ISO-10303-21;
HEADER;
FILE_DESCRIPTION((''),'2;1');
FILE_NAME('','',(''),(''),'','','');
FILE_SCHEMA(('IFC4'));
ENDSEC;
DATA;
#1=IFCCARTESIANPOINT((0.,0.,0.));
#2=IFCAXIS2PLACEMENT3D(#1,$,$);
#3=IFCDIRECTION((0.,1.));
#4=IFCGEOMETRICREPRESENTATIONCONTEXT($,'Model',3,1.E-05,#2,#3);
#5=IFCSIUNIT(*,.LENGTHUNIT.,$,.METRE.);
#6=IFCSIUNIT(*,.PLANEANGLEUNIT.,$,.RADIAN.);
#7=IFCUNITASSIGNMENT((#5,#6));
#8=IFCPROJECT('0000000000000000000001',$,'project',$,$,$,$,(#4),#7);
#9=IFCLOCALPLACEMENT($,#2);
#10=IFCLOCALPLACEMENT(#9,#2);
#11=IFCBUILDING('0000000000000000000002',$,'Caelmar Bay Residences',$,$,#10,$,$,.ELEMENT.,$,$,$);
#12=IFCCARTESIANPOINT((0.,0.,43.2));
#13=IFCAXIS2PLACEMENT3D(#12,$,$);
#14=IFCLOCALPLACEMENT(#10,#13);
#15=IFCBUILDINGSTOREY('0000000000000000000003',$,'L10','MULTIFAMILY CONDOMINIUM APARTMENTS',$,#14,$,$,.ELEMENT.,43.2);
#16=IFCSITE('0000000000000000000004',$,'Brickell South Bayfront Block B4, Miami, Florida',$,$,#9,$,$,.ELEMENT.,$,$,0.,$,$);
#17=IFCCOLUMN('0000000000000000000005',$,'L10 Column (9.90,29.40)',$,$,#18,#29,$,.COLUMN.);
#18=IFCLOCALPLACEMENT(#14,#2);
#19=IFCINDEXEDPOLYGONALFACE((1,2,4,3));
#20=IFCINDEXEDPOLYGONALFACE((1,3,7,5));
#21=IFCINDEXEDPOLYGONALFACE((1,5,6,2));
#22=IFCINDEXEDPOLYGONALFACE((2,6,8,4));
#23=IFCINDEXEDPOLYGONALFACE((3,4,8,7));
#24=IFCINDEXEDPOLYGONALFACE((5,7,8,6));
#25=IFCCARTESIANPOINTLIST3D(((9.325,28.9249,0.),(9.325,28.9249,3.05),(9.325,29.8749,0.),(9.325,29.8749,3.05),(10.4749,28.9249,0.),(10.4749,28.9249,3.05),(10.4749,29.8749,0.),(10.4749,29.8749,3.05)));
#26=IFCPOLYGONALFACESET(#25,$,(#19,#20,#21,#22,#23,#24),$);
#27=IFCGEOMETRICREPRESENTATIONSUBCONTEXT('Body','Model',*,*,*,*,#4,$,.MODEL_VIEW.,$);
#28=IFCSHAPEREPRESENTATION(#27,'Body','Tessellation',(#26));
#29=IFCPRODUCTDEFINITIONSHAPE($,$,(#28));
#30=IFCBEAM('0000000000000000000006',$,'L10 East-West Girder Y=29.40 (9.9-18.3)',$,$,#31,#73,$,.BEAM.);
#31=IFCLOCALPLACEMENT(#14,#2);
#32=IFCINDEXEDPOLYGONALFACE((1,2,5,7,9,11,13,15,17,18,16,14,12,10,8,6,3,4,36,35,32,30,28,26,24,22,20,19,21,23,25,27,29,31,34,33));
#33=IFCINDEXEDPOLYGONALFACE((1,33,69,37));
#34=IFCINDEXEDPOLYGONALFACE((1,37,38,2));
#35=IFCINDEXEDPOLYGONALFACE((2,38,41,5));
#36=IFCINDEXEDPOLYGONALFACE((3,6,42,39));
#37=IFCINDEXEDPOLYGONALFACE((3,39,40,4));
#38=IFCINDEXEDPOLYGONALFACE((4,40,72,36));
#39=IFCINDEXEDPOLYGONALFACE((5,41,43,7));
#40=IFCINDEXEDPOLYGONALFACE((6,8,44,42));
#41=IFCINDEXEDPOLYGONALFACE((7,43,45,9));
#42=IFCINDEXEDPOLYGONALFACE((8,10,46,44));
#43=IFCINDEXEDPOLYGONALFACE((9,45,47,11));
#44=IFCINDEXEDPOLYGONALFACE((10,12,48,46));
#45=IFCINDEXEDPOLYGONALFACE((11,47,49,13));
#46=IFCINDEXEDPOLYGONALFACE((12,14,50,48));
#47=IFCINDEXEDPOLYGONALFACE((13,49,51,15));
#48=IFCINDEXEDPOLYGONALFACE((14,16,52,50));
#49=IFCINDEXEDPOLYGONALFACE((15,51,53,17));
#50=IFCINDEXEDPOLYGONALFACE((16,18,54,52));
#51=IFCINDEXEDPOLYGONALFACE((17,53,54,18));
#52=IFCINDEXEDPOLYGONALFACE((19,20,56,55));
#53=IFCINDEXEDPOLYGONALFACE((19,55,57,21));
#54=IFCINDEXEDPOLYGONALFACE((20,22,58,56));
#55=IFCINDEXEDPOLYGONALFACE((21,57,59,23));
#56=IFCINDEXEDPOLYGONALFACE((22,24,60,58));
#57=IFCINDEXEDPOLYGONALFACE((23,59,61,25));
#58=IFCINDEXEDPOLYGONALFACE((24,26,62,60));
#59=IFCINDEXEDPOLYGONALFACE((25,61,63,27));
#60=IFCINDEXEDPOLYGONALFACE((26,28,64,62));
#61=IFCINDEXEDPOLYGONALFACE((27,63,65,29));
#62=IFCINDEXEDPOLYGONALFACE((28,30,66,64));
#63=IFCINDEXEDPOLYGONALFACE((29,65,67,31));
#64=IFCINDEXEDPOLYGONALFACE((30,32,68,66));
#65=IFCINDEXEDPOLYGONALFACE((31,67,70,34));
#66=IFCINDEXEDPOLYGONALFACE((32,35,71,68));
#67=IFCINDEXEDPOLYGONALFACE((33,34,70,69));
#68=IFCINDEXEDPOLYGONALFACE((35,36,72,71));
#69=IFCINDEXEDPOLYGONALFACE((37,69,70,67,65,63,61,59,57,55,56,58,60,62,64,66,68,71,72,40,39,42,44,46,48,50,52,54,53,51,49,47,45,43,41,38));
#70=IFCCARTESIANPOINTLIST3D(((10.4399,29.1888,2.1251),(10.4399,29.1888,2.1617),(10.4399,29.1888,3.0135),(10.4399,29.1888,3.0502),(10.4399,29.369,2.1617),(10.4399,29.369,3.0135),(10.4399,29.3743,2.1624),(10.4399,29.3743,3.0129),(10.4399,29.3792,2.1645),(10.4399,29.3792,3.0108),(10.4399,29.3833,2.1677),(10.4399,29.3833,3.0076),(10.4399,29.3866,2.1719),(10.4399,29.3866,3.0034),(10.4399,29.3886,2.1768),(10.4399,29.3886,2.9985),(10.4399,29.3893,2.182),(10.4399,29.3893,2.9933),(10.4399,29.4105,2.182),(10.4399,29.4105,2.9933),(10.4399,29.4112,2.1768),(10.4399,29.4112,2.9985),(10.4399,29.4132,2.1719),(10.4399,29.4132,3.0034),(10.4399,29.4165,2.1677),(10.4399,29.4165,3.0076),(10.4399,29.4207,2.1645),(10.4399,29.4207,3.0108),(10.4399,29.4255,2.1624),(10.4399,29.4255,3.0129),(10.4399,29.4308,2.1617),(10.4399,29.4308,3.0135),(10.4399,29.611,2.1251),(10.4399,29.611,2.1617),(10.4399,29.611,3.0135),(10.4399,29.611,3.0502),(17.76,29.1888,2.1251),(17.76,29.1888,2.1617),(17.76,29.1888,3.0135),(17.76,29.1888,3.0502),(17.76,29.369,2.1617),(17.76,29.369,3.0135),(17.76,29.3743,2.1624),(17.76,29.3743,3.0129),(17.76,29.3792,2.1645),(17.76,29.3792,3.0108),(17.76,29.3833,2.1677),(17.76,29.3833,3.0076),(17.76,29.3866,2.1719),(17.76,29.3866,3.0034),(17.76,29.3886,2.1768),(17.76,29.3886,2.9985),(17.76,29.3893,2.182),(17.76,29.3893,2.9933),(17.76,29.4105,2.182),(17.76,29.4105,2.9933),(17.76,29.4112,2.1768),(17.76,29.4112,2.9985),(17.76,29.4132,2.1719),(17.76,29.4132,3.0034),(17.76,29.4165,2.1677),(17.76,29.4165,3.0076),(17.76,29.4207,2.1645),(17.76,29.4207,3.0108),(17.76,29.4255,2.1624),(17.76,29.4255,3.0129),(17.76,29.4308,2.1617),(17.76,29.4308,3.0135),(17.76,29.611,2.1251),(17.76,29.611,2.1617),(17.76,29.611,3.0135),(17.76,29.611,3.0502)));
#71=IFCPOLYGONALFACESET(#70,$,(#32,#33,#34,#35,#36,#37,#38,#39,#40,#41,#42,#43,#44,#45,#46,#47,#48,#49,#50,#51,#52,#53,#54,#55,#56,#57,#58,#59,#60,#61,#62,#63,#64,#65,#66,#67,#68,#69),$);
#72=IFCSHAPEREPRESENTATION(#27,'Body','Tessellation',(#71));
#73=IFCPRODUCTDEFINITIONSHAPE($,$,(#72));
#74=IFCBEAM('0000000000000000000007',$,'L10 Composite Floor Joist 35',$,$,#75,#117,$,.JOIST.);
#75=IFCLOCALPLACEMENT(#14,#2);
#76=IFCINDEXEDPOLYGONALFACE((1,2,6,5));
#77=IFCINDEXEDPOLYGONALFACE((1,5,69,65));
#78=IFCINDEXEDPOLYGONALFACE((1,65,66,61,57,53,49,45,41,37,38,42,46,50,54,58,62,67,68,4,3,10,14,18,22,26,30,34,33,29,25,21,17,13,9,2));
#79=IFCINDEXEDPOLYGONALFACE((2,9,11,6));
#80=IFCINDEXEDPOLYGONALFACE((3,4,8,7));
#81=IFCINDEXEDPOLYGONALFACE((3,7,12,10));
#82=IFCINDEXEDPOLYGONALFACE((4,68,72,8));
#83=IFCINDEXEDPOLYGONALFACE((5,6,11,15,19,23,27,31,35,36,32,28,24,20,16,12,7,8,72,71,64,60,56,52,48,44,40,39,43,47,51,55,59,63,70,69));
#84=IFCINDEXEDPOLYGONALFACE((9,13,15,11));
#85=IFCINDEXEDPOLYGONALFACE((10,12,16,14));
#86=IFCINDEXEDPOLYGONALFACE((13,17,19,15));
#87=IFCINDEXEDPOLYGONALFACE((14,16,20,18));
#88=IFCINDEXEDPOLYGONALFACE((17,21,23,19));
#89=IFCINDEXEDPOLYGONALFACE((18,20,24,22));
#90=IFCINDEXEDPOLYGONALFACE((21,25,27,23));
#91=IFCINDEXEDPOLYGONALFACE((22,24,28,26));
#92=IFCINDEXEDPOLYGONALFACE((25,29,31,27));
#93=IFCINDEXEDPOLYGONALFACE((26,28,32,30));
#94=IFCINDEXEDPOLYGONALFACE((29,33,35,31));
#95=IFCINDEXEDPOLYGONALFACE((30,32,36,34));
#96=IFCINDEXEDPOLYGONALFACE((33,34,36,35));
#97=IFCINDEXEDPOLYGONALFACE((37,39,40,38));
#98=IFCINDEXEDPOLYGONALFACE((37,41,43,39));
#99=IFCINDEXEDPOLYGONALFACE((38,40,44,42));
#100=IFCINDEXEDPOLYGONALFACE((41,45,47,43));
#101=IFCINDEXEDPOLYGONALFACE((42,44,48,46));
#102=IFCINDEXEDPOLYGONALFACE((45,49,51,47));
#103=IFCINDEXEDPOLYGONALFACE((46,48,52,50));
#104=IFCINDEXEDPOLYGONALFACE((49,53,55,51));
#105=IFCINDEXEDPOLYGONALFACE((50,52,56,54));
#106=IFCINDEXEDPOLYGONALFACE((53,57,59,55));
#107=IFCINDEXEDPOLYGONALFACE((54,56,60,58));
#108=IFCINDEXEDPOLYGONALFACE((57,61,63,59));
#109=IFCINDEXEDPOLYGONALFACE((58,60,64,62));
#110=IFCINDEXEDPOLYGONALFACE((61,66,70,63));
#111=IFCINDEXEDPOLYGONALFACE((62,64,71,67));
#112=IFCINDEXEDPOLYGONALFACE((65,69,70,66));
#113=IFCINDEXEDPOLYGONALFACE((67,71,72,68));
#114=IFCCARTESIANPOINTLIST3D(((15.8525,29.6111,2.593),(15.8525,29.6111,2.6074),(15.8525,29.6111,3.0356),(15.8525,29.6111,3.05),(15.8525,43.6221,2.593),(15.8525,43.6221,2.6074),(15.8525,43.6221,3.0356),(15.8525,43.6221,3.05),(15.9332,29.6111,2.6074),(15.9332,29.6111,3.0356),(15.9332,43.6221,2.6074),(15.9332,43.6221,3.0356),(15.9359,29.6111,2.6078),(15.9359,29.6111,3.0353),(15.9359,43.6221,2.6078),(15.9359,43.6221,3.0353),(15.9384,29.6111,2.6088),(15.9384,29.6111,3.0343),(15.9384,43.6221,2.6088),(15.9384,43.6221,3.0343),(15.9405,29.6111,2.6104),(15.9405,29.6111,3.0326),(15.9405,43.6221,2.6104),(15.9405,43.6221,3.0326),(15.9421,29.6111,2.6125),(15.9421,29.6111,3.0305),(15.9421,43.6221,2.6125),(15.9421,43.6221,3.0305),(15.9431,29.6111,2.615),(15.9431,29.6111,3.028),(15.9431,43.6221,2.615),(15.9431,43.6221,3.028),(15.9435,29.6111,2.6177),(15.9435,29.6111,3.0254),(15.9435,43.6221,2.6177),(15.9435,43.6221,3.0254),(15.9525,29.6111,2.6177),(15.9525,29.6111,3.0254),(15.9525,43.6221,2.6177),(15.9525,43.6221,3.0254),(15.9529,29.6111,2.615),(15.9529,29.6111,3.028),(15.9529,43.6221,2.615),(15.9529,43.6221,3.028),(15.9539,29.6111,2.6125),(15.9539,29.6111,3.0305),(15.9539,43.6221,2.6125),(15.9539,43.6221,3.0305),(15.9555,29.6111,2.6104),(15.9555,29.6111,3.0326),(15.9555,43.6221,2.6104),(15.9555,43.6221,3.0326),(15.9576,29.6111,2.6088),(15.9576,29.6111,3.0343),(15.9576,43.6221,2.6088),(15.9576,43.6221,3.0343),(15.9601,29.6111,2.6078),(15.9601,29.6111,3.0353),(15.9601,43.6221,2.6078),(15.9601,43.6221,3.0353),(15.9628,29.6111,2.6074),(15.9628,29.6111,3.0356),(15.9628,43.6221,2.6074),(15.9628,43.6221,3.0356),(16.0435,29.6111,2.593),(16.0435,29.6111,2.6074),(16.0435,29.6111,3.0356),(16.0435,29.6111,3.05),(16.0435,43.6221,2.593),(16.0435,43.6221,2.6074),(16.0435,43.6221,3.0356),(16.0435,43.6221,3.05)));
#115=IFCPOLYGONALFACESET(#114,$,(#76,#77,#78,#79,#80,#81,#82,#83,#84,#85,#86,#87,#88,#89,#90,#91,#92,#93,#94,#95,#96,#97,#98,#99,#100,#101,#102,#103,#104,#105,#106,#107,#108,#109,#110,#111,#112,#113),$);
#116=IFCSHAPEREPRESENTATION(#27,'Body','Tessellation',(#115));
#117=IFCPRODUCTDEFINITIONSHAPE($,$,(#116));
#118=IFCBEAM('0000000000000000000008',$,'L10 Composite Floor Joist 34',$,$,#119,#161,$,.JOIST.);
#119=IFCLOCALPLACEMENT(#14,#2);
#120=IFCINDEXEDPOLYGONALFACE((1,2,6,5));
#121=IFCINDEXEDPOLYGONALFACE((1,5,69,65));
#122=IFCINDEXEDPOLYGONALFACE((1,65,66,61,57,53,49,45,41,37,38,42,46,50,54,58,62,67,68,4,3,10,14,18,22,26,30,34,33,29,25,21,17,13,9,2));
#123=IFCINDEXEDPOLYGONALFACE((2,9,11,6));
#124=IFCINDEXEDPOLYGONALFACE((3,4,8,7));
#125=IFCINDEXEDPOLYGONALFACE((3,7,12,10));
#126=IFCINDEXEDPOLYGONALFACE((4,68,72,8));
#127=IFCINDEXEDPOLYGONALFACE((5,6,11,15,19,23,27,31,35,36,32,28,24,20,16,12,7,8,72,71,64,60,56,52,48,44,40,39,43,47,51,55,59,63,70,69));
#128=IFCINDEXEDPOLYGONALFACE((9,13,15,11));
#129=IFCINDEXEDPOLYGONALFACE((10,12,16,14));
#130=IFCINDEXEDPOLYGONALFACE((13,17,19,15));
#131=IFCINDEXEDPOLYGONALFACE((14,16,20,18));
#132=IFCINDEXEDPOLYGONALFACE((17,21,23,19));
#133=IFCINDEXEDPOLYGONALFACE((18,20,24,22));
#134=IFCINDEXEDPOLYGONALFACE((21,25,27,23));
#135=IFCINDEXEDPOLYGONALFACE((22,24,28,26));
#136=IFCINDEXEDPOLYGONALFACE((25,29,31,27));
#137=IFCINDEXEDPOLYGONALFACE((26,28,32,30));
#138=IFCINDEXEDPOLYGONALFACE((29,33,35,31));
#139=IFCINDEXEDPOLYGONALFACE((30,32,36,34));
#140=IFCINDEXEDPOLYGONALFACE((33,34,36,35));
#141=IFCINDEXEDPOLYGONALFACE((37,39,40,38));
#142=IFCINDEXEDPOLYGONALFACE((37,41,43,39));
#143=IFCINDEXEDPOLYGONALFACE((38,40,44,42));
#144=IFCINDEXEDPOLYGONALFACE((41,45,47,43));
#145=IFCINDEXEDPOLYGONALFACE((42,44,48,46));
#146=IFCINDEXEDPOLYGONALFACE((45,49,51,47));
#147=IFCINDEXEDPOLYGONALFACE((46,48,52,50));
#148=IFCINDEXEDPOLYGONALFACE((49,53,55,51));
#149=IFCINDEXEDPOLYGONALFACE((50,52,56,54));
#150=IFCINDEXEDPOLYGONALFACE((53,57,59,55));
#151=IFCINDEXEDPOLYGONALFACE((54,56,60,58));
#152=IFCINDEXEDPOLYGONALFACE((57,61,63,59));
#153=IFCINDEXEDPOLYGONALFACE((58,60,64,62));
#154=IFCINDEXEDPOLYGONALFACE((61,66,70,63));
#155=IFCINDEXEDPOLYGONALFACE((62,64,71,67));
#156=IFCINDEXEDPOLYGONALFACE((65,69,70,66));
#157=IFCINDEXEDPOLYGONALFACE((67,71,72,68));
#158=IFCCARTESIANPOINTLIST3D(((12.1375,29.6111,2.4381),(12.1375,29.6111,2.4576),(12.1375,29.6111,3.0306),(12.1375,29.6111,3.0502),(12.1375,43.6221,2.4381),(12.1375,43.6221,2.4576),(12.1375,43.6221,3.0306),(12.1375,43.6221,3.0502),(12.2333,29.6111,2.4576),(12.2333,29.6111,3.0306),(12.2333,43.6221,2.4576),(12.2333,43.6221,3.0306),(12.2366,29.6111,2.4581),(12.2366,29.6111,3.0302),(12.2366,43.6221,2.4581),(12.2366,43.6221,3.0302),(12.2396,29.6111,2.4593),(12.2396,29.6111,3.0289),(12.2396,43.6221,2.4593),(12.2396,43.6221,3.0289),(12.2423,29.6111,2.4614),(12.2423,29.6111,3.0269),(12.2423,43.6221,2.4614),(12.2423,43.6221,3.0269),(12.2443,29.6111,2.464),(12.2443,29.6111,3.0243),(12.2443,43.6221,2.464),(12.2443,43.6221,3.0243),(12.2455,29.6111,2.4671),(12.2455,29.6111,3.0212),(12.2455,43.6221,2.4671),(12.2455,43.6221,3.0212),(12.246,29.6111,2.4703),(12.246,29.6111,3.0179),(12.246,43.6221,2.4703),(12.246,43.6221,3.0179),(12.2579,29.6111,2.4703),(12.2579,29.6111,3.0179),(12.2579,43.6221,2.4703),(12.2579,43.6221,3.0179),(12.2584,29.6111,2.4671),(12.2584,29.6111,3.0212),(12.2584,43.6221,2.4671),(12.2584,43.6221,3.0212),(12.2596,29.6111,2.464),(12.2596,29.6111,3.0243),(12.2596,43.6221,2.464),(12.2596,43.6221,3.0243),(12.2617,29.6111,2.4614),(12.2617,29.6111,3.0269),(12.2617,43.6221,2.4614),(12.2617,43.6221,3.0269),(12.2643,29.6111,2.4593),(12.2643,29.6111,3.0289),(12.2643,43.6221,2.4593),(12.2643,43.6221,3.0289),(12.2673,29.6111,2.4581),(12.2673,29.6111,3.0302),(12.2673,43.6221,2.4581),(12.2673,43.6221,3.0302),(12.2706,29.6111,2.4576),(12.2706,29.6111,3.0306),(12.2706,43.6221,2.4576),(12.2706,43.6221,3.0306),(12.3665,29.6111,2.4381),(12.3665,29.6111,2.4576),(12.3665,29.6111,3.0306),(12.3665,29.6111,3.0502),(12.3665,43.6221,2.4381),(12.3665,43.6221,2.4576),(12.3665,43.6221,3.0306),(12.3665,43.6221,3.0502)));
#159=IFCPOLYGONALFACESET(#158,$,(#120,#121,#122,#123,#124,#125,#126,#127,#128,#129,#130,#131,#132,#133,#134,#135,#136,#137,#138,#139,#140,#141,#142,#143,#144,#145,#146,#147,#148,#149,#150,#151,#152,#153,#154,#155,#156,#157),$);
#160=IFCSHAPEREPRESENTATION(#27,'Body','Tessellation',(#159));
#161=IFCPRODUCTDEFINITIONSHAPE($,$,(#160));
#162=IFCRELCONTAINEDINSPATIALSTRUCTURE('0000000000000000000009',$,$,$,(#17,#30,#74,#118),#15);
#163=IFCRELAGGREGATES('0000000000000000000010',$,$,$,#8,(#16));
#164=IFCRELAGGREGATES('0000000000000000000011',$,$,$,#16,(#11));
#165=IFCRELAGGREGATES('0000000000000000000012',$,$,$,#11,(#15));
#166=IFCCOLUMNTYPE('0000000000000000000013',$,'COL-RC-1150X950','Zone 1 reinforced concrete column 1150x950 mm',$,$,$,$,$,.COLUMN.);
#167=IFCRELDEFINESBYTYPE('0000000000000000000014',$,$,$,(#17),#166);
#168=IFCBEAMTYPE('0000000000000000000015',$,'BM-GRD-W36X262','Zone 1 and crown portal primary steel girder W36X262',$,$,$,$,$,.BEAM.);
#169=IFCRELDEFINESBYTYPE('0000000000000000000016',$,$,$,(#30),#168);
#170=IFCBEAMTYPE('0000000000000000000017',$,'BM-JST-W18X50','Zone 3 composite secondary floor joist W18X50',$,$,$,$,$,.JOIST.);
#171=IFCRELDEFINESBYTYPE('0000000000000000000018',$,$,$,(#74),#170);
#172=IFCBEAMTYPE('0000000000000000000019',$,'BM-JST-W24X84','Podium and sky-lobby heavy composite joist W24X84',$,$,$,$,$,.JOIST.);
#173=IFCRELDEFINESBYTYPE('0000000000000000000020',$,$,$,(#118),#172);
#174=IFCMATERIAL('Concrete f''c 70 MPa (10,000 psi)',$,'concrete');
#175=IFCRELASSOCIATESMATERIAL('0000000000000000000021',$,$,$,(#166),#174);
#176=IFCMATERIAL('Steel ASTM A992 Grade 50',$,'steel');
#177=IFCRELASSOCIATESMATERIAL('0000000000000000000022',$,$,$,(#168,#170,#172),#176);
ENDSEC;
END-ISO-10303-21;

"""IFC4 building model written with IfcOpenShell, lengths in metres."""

from ifc_helpers import new_model, si_unit, direction, frame, origin, origin_2d, place, context, subcontext, project, spatial, rectangle, i_section, extrude, material, material_profile, profile_set, type_object, element, save


model = new_model("IFC4")

# Units and contexts
model_context = context("Model", 3, precision=1e-05, world=origin(), true_north=direction((0.0, 1.0)))
body_context = subcontext(model_context, "Body", "Model", "MODEL_VIEW")
ifc_project = project(units=[si_unit("LENGTHUNIT", "METRE"), si_unit("PLANEANGLEUNIT", "RADIAN")], contexts=[model_context])

# Site, building, storey
site_placement = place(None, origin())
site = spatial("IfcSite", under=ifc_project, at=site_placement, Name="Brickell South Bayfront Block B4, Miami, Florida", CompositionType="ELEMENT", RefElevation=0.0)
building_placement = place(site_placement, origin())
building = spatial("IfcBuilding", under=site, at=building_placement, Name="Caelmar Bay Residences", CompositionType="ELEMENT")
storey_placement = place(building_placement, frame((0.0, 0.0, 43.2)))
storey = spatial("IfcBuildingStorey", under=building, at=storey_placement, Name="L10", Description="MULTIFAMILY CONDOMINIUM APARTMENTS", CompositionType="ELEMENT", Elevation=43.2)

# Column
ifc_material_1 = material(Name="Concrete f'c 70 MPa (10,000 psi)", Category="concrete")
ifc_material_profile_1 = material_profile(ifc_material_1, rectangle(XDim=1.1499, YDim=0.95, at=origin_2d()), Name="RC-COL-1150X950")
ifc_profile_set_1 = profile_set([ifc_material_profile_1], Name="Concrete f'c 70 MPa (10,000 psi)")
column_type = type_object("IfcColumnType", Name="COL-RC-1150X950", Description="Zone 1 reinforced concrete column 1150x950 mm", PredefinedType="COLUMN", material=ifc_profile_set_1)
column_placement = place(storey_placement, frame((9.8999, 29.3999, 0.0), z_axis=(0.0, 0.0, 1.0), x_axis=(1.0, 0.0, 0.0)))
element("IfcColumn", 1, at=column_placement, inside=storey, type_object=column_type, Name="L10 Column (9.90,29.40)", PredefinedType="COLUMN", context=body_context, shape_type="SweptSolid", body=[
    extrude(rectangle(XDim=1.1499, YDim=0.95, at=origin_2d()), origin(), (0.0, 0.0, 1.0), 3.05),
])

# Beams
ifc_material_2 = material(Name="Steel ASTM A992 Grade 50", Category="steel")
ifc_material_profile_2 = material_profile(ifc_material_2, i_section(OverallWidth=0.4221, OverallDepth=0.925, WebThickness=0.0212, FlangeThickness=0.0366, FilletRadius=0.0203, at=origin_2d()), Name="W36X262")
ifc_profile_set_2 = profile_set([ifc_material_profile_2], Name="Steel ASTM A992 Grade 50")
beam_type_1 = type_object("IfcBeamType", Name="BM-GRD-W36X262", Description="Zone 1 and crown portal primary steel girder W36X262", PredefinedType="BEAM", material=ifc_profile_set_2)
beam_1_placement = place(storey_placement, frame((10.4399, 29.3999, 2.5876), z_axis=(1.0, 0.0, 0.0), x_axis=(0.0, 1.0, 0.0)))
element("IfcBeam", 2, at=beam_1_placement, inside=storey, type_object=beam_type_1, Name="L10 East-West Girder Y=29.40 (9.9-18.3)", PredefinedType="BEAM", context=body_context, shape_type="SweptSolid", body=[
    extrude(i_section(OverallWidth=0.4221, OverallDepth=0.925, WebThickness=0.0212, FlangeThickness=0.0366, FilletRadius=0.0203, at=origin_2d()), origin(), (0.0, 0.0, 1.0), 7.3201),
])
ifc_material_profile_3 = material_profile(ifc_material_2, i_section(OverallWidth=0.1909, OverallDepth=0.457, WebThickness=0.009, FlangeThickness=0.0144, FilletRadius=0.0103, at=origin_2d()), Name="W18X50")
ifc_profile_set_3 = profile_set([ifc_material_profile_3], Name="Steel ASTM A992 Grade 50")
beam_type_2 = type_object("IfcBeamType", Name="BM-JST-W18X50", Description="Zone 3 composite secondary floor joist W18X50", PredefinedType="JOIST", material=ifc_profile_set_3)
beam_2_placement = place(storey_placement, frame((15.948, 29.6111, 2.8215), z_axis=(0.0, 1.0, 0.0), x_axis=(-1.0, 0.0, 0.0)))
element("IfcBeam", 3, at=beam_2_placement, inside=storey, type_object=beam_type_2, Name="L10 Composite Floor Joist 35", PredefinedType="JOIST", context=body_context, shape_type="SweptSolid", body=[
    extrude(i_section(OverallWidth=0.1909, OverallDepth=0.457, WebThickness=0.009, FlangeThickness=0.0144, FilletRadius=0.0103, at=origin_2d()), origin(), (0.0, 0.0, 1.0), 14.011),
])
ifc_material_profile_4 = material_profile(ifc_material_2, i_section(OverallWidth=0.229, OverallDepth=0.6121, WebThickness=0.012, FlangeThickness=0.0195, FilletRadius=0.0127, at=origin_2d()), Name="W24X84")
ifc_profile_set_4 = profile_set([ifc_material_profile_4], Name="Steel ASTM A992 Grade 50")
beam_type_3 = type_object("IfcBeamType", Name="BM-JST-W24X84", Description="Podium and sky-lobby heavy composite joist W24X84", PredefinedType="JOIST", material=ifc_profile_set_4)
beam_3_placement = place(storey_placement, frame((12.252, 29.6111, 2.7441), z_axis=(0.0, 1.0, 0.0), x_axis=(-1.0, 0.0, 0.0)))
element("IfcBeam", 4, at=beam_3_placement, inside=storey, type_object=beam_type_3, Name="L10 Composite Floor Joist 34", PredefinedType="JOIST", context=body_context, shape_type="SweptSolid", body=[
    extrude(i_section(OverallWidth=0.229, OverallDepth=0.6121, WebThickness=0.012, FlangeThickness=0.0195, FilletRadius=0.0127, at=origin_2d()), origin(), (0.0, 0.0, 1.0), 14.011),
])

save(model, "model.ifc")
